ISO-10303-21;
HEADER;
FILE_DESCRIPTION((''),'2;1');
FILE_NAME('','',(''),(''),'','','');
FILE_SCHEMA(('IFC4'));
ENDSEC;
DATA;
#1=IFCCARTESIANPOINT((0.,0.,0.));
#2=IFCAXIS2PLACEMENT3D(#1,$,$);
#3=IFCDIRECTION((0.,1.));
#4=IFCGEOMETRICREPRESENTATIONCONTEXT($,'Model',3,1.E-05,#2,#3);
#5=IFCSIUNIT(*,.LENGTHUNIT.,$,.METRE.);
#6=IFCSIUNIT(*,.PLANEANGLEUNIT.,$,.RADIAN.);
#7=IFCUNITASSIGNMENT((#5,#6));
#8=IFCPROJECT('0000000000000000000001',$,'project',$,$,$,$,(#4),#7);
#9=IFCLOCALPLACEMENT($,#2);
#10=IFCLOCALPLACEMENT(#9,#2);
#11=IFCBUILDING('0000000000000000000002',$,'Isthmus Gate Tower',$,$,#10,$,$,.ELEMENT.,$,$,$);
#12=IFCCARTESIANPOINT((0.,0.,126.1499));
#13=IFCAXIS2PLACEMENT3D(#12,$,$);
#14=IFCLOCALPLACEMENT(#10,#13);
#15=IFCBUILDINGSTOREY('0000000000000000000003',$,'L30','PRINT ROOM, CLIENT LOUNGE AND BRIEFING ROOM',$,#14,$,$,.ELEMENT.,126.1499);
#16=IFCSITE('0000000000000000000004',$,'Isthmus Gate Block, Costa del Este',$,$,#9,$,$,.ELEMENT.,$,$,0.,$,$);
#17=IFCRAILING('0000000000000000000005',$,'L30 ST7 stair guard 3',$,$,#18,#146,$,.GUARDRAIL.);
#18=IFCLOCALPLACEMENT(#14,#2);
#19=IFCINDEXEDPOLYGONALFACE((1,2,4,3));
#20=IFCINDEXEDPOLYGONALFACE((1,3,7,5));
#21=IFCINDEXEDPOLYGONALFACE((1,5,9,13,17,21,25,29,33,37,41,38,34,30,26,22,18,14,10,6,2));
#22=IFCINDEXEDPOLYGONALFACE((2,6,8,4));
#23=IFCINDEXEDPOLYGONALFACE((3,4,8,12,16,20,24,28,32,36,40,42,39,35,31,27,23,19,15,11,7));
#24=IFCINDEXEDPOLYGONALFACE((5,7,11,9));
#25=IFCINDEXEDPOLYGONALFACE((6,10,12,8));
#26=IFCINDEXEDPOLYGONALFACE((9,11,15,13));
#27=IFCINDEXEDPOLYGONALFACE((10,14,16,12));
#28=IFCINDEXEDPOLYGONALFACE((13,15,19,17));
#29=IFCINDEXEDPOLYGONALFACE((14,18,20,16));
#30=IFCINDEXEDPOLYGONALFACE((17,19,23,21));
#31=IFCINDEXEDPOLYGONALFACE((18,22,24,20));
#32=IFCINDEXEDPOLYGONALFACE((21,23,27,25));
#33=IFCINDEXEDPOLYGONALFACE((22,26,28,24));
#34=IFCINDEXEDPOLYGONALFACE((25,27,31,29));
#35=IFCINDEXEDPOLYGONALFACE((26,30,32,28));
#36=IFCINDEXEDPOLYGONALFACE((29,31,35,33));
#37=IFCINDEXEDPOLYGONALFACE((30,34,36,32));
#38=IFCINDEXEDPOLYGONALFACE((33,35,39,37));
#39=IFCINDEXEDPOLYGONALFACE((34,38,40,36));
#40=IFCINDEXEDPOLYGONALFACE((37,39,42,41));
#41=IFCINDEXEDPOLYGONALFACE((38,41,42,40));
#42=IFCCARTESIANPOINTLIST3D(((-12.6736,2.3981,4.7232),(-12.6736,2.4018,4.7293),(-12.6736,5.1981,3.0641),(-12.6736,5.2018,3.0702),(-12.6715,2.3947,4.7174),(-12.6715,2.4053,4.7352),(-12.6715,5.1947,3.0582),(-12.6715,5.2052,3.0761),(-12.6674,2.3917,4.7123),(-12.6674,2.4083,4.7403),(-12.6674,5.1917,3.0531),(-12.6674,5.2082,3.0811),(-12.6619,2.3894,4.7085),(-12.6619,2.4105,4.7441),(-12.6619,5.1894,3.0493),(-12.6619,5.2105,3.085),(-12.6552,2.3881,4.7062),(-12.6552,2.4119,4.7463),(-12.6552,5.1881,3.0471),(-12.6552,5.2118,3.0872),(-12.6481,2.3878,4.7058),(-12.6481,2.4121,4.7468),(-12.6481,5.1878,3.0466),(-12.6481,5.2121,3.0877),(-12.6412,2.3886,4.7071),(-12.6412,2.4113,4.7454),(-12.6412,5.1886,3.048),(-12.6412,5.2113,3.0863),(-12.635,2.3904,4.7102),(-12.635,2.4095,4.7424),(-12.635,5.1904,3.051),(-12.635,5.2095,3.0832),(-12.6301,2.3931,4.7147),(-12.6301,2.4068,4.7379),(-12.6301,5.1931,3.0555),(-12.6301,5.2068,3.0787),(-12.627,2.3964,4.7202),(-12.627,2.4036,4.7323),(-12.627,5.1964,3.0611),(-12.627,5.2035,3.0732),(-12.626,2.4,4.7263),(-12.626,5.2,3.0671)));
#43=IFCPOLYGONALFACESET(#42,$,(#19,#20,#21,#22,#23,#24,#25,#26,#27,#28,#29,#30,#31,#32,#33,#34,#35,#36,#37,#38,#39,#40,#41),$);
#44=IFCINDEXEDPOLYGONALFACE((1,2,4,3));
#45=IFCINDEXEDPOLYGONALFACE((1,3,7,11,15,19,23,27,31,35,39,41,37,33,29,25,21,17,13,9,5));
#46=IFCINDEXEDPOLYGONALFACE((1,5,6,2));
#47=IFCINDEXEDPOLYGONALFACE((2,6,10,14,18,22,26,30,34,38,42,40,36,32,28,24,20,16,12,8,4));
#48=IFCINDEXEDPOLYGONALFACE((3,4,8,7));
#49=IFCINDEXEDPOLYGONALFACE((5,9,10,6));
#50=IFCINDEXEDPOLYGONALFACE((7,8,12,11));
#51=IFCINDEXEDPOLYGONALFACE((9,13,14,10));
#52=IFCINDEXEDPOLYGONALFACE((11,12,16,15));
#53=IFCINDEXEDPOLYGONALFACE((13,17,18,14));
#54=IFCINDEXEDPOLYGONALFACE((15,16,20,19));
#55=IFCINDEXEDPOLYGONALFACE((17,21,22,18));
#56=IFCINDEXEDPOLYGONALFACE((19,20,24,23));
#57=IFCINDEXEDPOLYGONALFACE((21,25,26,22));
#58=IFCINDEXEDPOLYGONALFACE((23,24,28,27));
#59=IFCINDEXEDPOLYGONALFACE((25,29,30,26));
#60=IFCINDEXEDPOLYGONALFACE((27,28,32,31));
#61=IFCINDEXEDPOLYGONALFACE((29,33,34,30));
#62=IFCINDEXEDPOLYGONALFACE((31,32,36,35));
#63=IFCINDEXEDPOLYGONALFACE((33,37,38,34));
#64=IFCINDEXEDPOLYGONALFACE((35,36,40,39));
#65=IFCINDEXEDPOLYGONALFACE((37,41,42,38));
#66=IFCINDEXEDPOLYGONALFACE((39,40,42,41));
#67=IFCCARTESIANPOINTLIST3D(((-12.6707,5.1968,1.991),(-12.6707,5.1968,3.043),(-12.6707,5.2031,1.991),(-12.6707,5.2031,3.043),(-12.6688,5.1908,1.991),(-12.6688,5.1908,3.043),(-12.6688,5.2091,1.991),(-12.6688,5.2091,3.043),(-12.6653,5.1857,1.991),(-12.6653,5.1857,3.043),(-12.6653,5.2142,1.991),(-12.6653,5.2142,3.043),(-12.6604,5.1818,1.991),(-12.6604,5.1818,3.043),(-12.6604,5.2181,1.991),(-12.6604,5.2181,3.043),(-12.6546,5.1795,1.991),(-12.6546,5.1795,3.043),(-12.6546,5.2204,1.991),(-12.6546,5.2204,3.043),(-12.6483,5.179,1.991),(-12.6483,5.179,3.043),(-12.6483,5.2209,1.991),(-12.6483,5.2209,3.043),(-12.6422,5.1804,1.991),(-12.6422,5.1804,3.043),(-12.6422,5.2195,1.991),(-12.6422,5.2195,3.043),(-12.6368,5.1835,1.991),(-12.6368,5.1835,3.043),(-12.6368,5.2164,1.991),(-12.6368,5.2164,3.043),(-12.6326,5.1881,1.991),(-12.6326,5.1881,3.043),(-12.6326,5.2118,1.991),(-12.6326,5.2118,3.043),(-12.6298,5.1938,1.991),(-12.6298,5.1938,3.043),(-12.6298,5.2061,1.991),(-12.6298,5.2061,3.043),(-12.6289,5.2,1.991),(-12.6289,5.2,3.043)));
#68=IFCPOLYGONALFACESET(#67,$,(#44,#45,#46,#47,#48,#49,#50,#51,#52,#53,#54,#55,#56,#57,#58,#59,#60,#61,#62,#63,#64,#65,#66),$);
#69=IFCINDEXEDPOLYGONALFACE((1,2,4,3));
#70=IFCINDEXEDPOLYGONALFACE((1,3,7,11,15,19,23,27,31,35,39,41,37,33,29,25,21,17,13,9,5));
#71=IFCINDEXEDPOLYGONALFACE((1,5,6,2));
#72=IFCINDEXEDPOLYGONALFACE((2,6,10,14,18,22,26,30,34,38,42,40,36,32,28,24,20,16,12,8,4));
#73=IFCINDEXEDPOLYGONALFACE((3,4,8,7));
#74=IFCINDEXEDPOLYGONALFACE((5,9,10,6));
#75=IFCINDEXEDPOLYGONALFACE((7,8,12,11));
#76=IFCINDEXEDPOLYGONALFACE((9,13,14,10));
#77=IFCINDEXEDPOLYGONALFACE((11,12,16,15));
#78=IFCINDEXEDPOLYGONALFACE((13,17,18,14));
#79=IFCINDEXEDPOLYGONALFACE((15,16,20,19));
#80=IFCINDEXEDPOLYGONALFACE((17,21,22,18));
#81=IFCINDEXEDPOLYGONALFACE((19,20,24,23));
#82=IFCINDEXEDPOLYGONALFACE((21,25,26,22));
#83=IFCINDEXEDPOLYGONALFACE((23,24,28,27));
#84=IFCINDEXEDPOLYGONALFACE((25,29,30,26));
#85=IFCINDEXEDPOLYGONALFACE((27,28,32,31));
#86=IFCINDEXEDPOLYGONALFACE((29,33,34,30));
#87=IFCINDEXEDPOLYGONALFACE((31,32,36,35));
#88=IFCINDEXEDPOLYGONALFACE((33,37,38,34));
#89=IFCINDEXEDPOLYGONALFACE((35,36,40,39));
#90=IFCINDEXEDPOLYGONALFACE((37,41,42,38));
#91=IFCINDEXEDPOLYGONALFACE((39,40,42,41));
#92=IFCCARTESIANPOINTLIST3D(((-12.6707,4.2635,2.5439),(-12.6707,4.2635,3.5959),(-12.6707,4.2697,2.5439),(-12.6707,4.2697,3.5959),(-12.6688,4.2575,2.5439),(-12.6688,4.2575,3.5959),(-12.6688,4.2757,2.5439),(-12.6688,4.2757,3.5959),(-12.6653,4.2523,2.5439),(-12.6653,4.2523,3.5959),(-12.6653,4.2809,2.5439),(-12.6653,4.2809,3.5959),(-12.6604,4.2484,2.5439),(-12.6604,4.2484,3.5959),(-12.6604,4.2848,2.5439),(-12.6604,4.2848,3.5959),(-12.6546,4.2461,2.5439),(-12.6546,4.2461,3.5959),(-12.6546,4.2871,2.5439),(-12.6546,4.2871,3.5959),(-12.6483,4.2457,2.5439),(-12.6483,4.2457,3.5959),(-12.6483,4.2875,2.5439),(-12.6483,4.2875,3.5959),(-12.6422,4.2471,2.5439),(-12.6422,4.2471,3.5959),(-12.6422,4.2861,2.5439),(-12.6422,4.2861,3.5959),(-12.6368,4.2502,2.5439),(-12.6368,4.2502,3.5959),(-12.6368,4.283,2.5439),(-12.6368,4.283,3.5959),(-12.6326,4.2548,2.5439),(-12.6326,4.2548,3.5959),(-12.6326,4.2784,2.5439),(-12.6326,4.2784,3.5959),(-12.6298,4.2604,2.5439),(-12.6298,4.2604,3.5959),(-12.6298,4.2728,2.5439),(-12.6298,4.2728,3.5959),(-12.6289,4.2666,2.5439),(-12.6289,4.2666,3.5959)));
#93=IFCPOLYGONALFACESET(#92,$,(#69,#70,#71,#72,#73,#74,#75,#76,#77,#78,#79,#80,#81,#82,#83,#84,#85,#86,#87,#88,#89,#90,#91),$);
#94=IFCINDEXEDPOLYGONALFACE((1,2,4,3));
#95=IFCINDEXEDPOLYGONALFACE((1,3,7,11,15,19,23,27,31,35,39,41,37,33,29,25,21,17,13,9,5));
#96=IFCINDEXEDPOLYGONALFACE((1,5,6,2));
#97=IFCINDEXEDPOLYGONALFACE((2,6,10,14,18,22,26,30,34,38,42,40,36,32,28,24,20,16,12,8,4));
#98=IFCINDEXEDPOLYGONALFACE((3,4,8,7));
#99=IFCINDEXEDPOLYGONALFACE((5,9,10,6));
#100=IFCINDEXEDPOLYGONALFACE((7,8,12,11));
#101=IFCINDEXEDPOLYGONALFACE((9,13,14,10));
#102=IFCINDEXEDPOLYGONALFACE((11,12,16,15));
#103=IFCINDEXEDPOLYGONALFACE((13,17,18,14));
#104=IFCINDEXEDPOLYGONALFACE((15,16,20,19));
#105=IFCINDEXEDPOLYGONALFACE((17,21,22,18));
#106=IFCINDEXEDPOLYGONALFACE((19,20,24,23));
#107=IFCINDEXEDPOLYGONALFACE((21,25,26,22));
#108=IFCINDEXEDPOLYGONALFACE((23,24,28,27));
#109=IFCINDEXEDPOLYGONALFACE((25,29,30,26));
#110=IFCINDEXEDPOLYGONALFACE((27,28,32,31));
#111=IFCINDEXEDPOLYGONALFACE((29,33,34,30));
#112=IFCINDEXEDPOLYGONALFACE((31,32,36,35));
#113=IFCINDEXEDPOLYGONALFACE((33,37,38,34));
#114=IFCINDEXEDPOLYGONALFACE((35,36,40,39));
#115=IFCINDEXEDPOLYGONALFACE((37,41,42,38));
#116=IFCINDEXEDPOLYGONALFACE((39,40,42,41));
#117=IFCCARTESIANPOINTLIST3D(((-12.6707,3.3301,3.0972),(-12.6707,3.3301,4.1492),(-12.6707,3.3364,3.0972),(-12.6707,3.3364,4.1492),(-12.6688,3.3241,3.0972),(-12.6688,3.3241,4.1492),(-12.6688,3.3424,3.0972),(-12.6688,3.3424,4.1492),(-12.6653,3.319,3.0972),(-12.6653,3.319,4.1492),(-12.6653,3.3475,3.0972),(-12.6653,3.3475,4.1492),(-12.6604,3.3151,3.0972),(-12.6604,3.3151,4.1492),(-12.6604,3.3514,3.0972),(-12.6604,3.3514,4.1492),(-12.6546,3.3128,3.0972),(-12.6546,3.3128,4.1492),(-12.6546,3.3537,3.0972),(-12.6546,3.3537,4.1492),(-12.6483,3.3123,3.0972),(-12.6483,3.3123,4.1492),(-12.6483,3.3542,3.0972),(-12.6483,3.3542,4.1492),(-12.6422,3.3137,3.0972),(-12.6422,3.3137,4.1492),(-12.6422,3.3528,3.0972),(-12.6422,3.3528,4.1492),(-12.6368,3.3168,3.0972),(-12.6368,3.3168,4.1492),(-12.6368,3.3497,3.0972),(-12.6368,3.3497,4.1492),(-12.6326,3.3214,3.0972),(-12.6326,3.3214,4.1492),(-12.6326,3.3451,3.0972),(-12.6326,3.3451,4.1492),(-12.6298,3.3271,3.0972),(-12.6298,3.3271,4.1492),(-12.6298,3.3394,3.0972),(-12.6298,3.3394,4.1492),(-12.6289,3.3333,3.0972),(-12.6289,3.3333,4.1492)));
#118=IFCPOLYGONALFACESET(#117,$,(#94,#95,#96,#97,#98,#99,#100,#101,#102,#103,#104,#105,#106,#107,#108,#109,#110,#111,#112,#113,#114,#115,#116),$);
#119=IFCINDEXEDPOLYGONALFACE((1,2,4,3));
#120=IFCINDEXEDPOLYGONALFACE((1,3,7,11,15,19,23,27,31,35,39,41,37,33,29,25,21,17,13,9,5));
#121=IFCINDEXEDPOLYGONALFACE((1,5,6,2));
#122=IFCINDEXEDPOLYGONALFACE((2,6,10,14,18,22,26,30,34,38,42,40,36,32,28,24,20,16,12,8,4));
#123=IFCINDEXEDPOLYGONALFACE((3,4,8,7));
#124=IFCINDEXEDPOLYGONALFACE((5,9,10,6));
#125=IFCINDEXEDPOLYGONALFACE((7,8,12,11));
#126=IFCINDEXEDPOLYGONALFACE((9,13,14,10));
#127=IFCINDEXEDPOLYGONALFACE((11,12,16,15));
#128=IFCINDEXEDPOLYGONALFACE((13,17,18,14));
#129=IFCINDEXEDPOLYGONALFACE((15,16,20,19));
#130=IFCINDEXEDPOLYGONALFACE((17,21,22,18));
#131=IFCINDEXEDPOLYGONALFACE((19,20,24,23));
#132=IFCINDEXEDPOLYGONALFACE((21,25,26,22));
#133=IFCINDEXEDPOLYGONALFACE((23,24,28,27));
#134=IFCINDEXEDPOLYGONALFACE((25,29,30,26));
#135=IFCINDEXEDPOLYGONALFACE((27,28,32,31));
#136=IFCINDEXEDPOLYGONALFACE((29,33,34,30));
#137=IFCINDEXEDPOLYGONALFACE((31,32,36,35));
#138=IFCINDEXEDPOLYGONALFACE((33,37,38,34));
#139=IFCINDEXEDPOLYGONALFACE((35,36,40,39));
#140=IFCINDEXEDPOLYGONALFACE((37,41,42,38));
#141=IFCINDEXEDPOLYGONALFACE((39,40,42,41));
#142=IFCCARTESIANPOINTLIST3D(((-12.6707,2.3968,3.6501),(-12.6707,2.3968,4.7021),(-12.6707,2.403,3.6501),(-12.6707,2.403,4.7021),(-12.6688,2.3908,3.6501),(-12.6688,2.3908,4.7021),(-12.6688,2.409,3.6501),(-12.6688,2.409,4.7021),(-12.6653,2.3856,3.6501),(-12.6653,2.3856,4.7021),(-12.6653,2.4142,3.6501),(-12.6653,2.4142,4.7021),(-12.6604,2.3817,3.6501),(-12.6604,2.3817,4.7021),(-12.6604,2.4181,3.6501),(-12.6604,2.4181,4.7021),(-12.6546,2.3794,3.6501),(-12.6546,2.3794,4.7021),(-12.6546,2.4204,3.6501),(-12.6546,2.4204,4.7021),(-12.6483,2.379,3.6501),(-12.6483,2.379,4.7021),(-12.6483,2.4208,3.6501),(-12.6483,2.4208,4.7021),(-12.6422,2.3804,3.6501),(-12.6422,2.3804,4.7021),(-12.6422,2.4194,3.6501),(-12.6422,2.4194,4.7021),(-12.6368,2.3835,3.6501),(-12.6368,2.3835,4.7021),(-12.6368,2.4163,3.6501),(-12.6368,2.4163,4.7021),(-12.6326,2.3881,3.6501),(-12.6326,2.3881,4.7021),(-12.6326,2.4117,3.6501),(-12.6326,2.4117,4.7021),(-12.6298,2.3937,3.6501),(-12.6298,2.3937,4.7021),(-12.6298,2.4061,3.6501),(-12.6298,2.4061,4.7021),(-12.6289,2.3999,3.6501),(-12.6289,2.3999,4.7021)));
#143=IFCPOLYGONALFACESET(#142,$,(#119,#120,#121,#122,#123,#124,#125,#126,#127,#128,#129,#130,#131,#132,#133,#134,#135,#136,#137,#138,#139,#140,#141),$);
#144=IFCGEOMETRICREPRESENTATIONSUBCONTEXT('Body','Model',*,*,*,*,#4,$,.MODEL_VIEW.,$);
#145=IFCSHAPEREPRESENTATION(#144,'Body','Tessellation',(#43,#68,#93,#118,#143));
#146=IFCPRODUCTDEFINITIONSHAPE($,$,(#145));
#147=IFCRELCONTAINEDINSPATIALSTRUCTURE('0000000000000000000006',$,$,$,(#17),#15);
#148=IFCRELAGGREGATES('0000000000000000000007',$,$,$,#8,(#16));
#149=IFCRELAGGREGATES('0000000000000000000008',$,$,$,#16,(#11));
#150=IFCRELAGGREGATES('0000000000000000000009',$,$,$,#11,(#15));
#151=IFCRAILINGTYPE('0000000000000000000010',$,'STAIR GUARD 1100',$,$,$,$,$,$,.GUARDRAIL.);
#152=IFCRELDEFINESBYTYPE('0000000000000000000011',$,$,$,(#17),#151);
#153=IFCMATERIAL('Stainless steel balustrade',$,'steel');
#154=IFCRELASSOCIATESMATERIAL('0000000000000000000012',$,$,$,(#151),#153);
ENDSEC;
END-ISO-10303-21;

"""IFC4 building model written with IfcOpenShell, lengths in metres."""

from ifc_helpers import new_model, si_unit, direction, frame, origin, origin_2d, place, context, subcontext, project, spatial, circle, extrude, material, type_object, element, save


model = new_model("IFC4")

# Units and contexts
model_context = context("Model", 3, precision=1e-05, world=origin(), true_north=direction((0.0, 1.0)))
body_context = subcontext(model_context, "Body", "Model", "MODEL_VIEW")
ifc_project = project(units=[si_unit("LENGTHUNIT", "METRE"), si_unit("PLANEANGLEUNIT", "RADIAN")], contexts=[model_context])

# Site, building, storey
site_placement = place(None, origin())
site = spatial("IfcSite", under=ifc_project, at=site_placement, Name="Isthmus Gate Block, Costa del Este", CompositionType="ELEMENT", RefElevation=0.0)
building_placement = place(site_placement, origin())
building = spatial("IfcBuilding", under=site, at=building_placement, Name="Isthmus Gate Tower", CompositionType="ELEMENT")
storey_placement = place(building_placement, frame((0.0, 0.0, 126.1499)))
storey = spatial("IfcBuildingStorey", under=building, at=storey_placement, Name="L30", Description="PRINT ROOM, CLIENT LOUNGE AND BRIEFING ROOM", CompositionType="ELEMENT", Elevation=126.1499)

# Railing
ifc_material_1 = material(Name="Stainless steel balustrade", Category="steel")
railing_type_1 = type_object("IfcRailingType", Name="STAIR GUARD 1100", PredefinedType="GUARDRAIL", material=ifc_material_1)
railing_1_placement = place(storey_placement, frame((-12.6499, 5.2, 1.991)))
element("IfcRailing", 1, at=railing_1_placement, inside=storey, type_object=railing_type_1, Name="L30 ST7 stair guard 3", PredefinedType="GUARDRAIL", context=body_context, shape_type="SweptSolid", body=[
    extrude(circle(Radius=0.0239, at=origin_2d()), frame((0.0, 0.0, 1.0762), z_axis=(0.0, -0.860306, 0.509778), x_axis=(1.0, 0.0, 0.0)), (0.0, 0.0, 1.0), 3.2546),
    extrude(circle(Radius=0.021, at=origin_2d()), origin(), (0.0, 0.0, 1.0), 1.052),
    extrude(circle(Radius=0.021, at=origin_2d()), frame((0.0, -0.9333, 0.553)), (0.0, 0.0, 1.0), 1.052),
    extrude(circle(Radius=0.021, at=origin_2d()), frame((0.0, -1.8667, 1.1062)), (0.0, 0.0, 1.0), 1.052),
    extrude(circle(Radius=0.021, at=origin_2d()), frame((0.0, -2.8, 1.6592)), (0.0, 0.0, 1.0), 1.052),
])

save(model, "model.ifc")
